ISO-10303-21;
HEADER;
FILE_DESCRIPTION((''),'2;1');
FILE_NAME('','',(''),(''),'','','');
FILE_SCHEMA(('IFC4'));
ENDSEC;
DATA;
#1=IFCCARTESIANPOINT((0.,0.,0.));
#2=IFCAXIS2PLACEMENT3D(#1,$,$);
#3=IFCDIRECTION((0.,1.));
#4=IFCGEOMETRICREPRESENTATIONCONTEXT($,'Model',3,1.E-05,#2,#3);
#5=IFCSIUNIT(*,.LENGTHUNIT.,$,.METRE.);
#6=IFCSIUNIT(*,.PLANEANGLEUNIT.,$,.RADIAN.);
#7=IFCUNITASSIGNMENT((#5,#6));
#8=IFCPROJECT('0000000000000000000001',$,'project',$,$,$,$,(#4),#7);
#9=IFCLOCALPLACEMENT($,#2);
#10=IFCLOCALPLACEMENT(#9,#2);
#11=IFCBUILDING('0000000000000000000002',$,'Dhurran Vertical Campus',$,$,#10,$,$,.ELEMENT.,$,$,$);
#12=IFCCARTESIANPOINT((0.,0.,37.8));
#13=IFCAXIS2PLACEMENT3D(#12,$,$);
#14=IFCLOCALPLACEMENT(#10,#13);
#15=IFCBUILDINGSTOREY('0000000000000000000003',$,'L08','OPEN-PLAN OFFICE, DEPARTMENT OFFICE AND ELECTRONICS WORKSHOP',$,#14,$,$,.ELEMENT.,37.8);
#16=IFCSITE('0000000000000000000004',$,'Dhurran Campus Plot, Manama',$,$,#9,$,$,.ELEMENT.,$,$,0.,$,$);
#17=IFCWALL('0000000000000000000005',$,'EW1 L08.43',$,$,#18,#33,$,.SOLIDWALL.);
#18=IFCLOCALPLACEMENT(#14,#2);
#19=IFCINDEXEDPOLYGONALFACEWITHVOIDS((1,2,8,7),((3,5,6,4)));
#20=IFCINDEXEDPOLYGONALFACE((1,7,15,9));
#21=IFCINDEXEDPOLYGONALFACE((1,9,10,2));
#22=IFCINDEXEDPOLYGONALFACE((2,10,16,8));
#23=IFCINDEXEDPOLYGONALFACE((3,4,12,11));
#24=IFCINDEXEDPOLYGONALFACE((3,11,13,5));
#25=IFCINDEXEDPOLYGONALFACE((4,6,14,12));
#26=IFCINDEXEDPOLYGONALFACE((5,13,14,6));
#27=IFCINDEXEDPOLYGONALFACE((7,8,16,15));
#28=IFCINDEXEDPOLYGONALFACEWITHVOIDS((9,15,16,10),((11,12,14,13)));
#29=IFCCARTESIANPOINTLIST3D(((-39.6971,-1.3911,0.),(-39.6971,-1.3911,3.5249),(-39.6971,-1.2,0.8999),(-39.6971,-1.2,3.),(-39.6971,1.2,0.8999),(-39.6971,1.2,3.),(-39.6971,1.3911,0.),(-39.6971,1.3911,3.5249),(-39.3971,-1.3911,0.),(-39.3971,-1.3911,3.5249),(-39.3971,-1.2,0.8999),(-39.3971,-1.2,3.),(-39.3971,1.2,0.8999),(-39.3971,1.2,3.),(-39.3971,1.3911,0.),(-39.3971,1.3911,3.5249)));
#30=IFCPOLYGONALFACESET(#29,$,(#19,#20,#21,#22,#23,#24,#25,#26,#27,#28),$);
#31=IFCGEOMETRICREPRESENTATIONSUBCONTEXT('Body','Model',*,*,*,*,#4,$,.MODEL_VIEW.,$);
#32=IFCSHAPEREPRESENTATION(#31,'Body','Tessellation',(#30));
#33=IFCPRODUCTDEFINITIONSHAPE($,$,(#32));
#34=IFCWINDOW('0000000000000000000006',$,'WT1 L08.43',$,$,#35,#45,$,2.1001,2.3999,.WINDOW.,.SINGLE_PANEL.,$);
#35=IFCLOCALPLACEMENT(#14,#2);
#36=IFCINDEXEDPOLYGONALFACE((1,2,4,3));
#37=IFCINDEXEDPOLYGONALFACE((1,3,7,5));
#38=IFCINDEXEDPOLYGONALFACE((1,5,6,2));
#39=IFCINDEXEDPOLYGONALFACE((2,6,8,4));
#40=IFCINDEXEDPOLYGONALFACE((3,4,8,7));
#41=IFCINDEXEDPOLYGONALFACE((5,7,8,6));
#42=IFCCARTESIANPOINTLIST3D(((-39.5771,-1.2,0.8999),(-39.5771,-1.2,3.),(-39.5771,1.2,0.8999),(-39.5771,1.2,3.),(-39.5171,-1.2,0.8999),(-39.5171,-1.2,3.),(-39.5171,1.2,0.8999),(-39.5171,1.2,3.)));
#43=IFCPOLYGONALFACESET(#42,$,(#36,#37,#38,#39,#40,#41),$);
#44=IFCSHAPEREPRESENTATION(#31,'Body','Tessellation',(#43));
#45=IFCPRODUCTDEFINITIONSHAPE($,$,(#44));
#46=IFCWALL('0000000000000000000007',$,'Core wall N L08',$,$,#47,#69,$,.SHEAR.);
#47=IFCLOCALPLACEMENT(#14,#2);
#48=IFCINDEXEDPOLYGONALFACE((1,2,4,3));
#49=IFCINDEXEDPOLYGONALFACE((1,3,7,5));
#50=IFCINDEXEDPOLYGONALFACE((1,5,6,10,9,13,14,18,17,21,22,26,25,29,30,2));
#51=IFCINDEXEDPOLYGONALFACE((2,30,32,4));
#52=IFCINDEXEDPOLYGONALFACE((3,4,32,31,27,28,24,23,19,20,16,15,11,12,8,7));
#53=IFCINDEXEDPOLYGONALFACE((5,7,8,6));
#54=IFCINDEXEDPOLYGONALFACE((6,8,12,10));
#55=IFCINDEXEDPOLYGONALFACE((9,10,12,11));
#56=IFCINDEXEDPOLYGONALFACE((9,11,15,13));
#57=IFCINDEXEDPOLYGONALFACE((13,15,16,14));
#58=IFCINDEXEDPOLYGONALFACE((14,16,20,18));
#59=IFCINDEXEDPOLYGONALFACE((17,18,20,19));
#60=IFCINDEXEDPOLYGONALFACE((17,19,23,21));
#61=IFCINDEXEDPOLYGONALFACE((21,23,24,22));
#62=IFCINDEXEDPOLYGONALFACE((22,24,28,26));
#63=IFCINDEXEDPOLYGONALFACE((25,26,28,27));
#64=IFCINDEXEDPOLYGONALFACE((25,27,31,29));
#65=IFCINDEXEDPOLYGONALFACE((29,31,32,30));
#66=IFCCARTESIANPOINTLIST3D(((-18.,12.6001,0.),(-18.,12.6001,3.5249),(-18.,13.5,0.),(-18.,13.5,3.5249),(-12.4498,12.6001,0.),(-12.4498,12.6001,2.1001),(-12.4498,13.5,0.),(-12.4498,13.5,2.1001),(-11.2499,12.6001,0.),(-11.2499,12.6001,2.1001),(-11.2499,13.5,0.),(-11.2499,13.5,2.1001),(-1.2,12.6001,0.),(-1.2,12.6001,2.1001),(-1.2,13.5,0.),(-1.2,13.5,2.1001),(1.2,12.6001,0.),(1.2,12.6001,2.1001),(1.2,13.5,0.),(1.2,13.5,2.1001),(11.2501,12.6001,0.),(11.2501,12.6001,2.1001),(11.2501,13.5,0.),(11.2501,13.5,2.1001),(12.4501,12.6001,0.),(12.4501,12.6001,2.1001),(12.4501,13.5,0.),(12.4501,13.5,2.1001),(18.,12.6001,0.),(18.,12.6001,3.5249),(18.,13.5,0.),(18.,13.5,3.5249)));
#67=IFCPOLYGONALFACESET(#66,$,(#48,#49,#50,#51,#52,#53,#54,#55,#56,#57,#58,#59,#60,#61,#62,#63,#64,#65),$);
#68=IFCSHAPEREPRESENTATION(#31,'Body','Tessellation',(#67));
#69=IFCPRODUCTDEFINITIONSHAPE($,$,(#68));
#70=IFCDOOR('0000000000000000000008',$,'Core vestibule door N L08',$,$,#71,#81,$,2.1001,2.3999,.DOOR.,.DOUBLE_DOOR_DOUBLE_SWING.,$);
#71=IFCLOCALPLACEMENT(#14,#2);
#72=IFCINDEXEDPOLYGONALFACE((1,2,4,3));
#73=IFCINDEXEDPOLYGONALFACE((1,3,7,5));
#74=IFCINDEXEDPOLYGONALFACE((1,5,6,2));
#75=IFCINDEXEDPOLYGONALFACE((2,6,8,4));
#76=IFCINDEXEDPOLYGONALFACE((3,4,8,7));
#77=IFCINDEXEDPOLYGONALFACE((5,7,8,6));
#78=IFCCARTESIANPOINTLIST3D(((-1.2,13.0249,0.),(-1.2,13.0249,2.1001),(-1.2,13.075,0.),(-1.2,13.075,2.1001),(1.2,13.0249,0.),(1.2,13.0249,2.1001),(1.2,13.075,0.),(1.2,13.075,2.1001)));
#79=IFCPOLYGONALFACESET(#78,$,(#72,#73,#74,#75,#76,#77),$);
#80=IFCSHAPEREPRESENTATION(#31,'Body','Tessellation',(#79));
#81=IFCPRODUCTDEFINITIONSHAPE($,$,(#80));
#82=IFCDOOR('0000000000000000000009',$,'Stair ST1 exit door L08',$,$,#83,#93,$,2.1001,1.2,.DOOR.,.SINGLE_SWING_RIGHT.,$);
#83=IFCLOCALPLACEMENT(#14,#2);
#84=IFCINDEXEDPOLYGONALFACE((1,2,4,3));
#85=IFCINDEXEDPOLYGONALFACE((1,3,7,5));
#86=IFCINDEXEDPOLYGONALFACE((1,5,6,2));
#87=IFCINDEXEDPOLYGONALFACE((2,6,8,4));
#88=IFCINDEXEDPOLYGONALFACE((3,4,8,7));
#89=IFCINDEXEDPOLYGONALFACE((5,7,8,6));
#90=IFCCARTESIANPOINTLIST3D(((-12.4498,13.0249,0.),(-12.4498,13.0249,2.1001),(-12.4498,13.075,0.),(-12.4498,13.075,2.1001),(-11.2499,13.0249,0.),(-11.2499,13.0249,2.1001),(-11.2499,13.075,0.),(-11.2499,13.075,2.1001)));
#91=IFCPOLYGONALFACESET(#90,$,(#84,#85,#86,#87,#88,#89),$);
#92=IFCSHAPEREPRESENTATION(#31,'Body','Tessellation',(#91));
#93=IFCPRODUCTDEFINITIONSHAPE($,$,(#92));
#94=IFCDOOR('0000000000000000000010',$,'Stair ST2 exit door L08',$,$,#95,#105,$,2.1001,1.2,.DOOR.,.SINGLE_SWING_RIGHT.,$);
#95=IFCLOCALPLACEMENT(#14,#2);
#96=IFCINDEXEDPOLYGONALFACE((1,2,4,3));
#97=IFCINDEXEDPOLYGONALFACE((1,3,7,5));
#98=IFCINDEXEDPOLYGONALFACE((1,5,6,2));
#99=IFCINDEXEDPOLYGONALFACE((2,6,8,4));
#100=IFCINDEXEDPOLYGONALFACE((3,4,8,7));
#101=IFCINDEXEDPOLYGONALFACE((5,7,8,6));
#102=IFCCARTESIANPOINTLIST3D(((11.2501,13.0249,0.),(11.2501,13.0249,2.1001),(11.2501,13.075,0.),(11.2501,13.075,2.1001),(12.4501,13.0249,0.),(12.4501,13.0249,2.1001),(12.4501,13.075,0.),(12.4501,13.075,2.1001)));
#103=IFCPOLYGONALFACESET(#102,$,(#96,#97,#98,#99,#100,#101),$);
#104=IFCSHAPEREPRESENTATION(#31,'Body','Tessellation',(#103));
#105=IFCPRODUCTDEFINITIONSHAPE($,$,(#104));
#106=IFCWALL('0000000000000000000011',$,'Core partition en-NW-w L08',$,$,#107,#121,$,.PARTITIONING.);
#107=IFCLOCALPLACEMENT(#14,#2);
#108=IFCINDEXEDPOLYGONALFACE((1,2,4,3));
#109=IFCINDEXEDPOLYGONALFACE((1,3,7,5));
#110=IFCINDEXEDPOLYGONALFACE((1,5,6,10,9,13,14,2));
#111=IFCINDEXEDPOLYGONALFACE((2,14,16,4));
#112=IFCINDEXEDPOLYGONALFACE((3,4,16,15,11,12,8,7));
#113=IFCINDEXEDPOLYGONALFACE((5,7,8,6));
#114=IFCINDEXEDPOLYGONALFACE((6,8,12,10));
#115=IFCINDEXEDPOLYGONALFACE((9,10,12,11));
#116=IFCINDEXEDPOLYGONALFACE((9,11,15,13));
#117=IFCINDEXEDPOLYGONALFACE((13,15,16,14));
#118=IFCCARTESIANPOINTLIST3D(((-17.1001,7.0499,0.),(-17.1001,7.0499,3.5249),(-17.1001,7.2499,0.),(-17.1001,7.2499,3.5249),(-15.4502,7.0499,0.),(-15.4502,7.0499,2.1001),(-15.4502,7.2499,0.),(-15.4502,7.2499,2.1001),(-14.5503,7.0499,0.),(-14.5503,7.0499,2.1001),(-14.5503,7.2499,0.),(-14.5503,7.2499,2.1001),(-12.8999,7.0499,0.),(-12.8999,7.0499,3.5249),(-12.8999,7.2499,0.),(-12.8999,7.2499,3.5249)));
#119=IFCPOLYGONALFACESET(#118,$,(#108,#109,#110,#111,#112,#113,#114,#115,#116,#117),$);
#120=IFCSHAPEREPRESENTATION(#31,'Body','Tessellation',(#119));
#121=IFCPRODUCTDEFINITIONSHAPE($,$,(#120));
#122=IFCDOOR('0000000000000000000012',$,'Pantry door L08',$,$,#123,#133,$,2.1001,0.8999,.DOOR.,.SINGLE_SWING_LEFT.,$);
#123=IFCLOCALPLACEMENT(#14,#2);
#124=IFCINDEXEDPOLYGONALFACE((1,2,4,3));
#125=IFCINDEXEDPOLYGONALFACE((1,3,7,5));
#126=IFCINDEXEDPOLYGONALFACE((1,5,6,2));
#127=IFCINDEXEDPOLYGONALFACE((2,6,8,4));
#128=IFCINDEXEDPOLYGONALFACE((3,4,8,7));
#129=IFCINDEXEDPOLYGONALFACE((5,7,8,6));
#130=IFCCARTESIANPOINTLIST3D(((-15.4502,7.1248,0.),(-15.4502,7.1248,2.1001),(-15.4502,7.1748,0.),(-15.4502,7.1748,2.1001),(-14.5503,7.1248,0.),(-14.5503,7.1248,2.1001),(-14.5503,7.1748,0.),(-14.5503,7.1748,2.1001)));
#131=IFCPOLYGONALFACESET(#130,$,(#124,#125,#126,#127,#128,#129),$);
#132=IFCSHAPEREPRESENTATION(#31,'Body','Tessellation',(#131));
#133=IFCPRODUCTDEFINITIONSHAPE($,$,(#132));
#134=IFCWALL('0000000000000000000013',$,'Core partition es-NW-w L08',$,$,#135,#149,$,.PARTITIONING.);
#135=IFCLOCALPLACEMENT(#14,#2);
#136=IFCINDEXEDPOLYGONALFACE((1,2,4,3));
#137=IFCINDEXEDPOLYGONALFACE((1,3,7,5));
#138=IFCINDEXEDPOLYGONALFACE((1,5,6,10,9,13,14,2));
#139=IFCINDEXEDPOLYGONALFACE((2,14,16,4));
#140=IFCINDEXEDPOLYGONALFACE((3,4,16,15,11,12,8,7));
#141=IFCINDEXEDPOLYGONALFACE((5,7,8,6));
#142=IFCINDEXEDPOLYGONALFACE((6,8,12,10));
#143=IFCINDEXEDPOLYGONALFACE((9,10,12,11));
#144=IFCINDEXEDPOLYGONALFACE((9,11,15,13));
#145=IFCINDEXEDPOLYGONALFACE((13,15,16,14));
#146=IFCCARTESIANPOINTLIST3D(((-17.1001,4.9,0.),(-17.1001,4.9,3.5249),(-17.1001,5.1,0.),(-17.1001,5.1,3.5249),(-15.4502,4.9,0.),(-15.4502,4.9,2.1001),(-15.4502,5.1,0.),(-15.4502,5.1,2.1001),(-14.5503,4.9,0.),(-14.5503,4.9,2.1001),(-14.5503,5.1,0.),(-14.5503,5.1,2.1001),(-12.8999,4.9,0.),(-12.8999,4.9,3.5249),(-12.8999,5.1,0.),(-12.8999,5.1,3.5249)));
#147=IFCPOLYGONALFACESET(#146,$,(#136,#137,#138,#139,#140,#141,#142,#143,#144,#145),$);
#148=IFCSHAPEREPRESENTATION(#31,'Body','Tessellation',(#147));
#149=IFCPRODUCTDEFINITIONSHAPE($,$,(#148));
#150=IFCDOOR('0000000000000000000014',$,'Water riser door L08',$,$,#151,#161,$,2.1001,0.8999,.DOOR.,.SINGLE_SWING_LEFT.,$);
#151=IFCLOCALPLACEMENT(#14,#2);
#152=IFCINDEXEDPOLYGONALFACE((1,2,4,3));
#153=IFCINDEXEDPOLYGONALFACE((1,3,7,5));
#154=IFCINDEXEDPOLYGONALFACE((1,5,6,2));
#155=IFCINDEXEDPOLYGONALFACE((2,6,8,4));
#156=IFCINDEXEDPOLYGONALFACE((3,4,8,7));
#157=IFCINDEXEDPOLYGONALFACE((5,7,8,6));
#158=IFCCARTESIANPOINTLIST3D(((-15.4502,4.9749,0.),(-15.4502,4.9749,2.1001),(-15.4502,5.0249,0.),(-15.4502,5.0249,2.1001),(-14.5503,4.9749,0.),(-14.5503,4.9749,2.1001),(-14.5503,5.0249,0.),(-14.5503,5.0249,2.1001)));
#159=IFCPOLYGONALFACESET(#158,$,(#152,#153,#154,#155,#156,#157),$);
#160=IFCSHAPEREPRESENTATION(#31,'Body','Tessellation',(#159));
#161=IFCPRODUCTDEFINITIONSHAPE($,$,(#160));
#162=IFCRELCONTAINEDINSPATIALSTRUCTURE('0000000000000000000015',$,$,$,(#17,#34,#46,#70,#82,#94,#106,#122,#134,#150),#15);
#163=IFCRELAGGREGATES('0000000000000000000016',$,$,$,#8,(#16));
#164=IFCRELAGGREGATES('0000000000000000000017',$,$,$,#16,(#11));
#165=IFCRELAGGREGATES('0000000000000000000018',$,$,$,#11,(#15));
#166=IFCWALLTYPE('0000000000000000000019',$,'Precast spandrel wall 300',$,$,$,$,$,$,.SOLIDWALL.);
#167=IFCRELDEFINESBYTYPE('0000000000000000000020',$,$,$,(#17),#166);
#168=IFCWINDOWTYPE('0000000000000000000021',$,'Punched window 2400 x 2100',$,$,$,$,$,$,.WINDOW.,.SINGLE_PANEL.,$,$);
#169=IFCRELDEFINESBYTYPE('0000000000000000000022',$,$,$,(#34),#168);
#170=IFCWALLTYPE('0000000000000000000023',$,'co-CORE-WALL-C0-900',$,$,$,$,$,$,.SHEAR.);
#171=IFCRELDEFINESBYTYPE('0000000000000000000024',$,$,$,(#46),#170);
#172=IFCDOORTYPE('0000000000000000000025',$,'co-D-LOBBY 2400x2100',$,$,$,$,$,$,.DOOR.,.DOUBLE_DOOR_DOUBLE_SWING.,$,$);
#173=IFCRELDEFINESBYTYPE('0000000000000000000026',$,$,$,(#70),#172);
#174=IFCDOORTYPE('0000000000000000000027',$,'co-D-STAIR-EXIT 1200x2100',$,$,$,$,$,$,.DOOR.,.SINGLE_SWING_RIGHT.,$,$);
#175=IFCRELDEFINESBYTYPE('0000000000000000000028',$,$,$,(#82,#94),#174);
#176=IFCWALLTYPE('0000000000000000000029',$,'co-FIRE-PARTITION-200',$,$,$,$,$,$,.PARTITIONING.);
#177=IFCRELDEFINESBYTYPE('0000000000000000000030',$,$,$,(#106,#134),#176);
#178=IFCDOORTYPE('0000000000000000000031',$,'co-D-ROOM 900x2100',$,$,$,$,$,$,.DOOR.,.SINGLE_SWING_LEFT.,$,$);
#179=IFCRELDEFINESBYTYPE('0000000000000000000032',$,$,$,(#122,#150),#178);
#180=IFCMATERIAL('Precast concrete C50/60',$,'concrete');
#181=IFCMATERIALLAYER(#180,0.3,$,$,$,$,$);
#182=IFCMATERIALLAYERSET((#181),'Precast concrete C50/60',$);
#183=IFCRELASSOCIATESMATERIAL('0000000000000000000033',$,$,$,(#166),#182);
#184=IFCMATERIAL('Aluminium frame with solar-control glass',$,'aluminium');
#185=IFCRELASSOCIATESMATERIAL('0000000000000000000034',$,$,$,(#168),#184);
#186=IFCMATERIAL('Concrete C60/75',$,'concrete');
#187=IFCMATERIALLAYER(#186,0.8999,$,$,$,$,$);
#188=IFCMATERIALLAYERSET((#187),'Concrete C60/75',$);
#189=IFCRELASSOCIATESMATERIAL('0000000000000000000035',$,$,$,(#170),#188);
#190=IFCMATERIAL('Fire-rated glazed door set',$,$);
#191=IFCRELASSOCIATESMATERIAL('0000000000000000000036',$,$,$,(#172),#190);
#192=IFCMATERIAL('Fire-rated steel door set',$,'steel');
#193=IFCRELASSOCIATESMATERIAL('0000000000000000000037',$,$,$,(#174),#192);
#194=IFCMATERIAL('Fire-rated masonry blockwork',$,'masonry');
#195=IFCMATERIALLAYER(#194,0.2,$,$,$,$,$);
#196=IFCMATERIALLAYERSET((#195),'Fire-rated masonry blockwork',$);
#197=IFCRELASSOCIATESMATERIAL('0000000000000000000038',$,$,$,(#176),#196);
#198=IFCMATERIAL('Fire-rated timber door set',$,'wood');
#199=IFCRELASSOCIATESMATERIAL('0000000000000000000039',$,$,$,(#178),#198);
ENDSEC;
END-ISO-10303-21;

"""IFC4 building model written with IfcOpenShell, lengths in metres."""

from ifc_helpers import new_model, si_unit, direction, frame, frame_2d, origin, place, context, subcontext, project, spatial, rectangle, extrude, material, layer, layer_set, type_object, element, fill, save


model = new_model("IFC4")

# Units and contexts
model_context = context("Model", 3, precision=1e-05, world=origin(), true_north=direction((0.0, 1.0)))
body_context = subcontext(model_context, "Body", "Model", "MODEL_VIEW")
ifc_project = project(units=[si_unit("LENGTHUNIT", "METRE"), si_unit("PLANEANGLEUNIT", "RADIAN")], contexts=[model_context])

# Site, building, storey
site_placement = place(None, origin())
site = spatial("IfcSite", under=ifc_project, at=site_placement, Name="Dhurran Campus Plot, Manama", CompositionType="ELEMENT", RefElevation=0.0)
building_placement = place(site_placement, origin())
building = spatial("IfcBuilding", under=site, at=building_placement, Name="Dhurran Vertical Campus", CompositionType="ELEMENT")
storey_placement = place(building_placement, frame((0.0, 0.0, 37.8)))
storey = spatial("IfcBuildingStorey", under=building, at=storey_placement, Name="L08", Description="OPEN-PLAN OFFICE, DEPARTMENT OFFICE AND ELECTRONICS WORKSHOP", CompositionType="ELEMENT", Elevation=37.8)

# Wall, opening, window
ifc_material_1 = material(Name="Precast concrete C50/60", Category="concrete")
ifc_layer_1 = layer(ifc_material_1, 0.3)
ifc_layer_set_1 = layer_set([ifc_layer_1], Name="Precast concrete C50/60")
wall_type_1 = type_object("IfcWallType", Name="Precast spandrel wall 300", PredefinedType="SOLIDWALL", material=ifc_layer_set_1)
ifc_material_2 = material(Name="Aluminium frame with solar-control glass", Category="aluminium")
window_type = type_object("IfcWindowType", Name="Punched window 2400 x 2100", PartitioningType="SINGLE_PANEL", PredefinedType="WINDOW", material=ifc_material_2)
wall_1_placement = place(storey_placement, frame((-39.5471, 1.3911, 0.0), z_axis=(0.0, 0.0, 1.0), x_axis=(0.0, -1.0, 0.0)))
wall_1 = element("IfcWall", 1, at=wall_1_placement, inside=storey, type_object=wall_type_1, Name="EW1 L08.43", PredefinedType="SOLIDWALL", context=body_context, shape_type="SweptSolid", body=[
    extrude(rectangle(XDim=2.7822, YDim=0.3, at=frame_2d((1.3911, 0.0))), origin(), (0.0, 0.0, 1.0), 3.5249),
])
opening_1_placement = place(wall_1_placement, frame((0.1912, 0.0, 0.8999)))
opening_1 = element("IfcOpeningElement", 2, at=opening_1_placement, cuts=wall_1, PredefinedType="OPENING", context=body_context, shape_type="SweptSolid", body=[
    extrude(rectangle(XDim=2.3999, YDim=2.1001, at=frame_2d((1.2, 1.05))), frame((0.0, 0.1599, 0.0), z_axis=(0.0, -1.0, 0.0), x_axis=(1.0, 0.0, 0.0)), (0.0, 0.0, 1.0), 0.3201),
])
window_1_placement = place(opening_1_placement, origin())
window_1 = element("IfcWindow", 3, at=window_1_placement, inside=storey, type_object=window_type, Name="WT1 L08.43", OverallHeight=2.1001, OverallWidth=2.3999, PartitioningType="SINGLE_PANEL", PredefinedType="WINDOW", context=body_context, shape_type="SweptSolid", body=[
    extrude(rectangle(XDim=2.3999, YDim=2.1001, at=frame_2d((1.2, 1.05))), frame((0.0, 0.03, 0.0), z_axis=(0.0, -1.0, 0.0), x_axis=(1.0, 0.0, 0.0)), (0.0, 0.0, 1.0), 0.0601),
])
fill(opening_1, window_1)

# Wall, openings, doors
ifc_material_3 = material(Name="Concrete C60/75", Category="concrete")
ifc_layer_2 = layer(ifc_material_3, 0.8999)
ifc_layer_set_2 = layer_set([ifc_layer_2], Name="Concrete C60/75")
wall_type_2 = type_object("IfcWallType", Name="co-CORE-WALL-C0-900", PredefinedType="SHEAR", material=ifc_layer_set_2)
wall_2_placement = place(storey_placement, frame((-18.0, 13.05, 0.0), z_axis=(0.0, 0.0, 1.0), x_axis=(1.0, 0.0, 0.0)))
wall_2 = element("IfcWall", 4, at=wall_2_placement, inside=storey, type_object=wall_type_2, Name="Core wall N L08", PredefinedType="SHEAR", context=body_context, shape_type="SweptSolid", body=[
    extrude(rectangle(XDim=36.0, YDim=0.8999, at=frame_2d((18.0, 0.0))), origin(), (0.0, 0.0, 1.0), 3.5249),
])
opening_2_placement = place(wall_2_placement, frame((16.8, 0.0, 0.0)))
opening_2 = element("IfcOpeningElement", 5, at=opening_2_placement, cuts=wall_2, PredefinedType="OPENING", context=body_context, shape_type="SweptSolid", body=[
    extrude(rectangle(XDim=2.3999, YDim=2.1001, at=frame_2d((1.2, 1.05))), frame((0.0, 0.46, 0.0), z_axis=(0.0, -1.0, 0.0), x_axis=(1.0, 0.0, 0.0)), (0.0, 0.0, 1.0), 0.9199),
])
opening_3_placement = place(wall_2_placement, frame((5.55, 0.0, 0.0)))
opening_3 = element("IfcOpeningElement", 6, at=opening_3_placement, cuts=wall_2, PredefinedType="OPENING", context=body_context, shape_type="SweptSolid", body=[
    extrude(rectangle(XDim=1.2, YDim=2.1001, at=frame_2d((0.6001, 1.05))), frame((0.0, 0.46, 0.0), z_axis=(0.0, -1.0, 0.0), x_axis=(1.0, 0.0, 0.0)), (0.0, 0.0, 1.0), 0.9199),
])
opening_4_placement = place(wall_2_placement, frame((29.25, 0.0, 0.0)))
opening_4 = element("IfcOpeningElement", 7, at=opening_4_placement, cuts=wall_2, PredefinedType="OPENING", context=body_context, shape_type="SweptSolid", body=[
    extrude(rectangle(XDim=1.2, YDim=2.1001, at=frame_2d((0.6001, 1.05))), frame((0.0, 0.46, 0.0), z_axis=(0.0, -1.0, 0.0), x_axis=(1.0, 0.0, 0.0)), (0.0, 0.0, 1.0), 0.9199),
])
ifc_material_4 = material(Name="Fire-rated glazed door set")
door_type_1 = type_object("IfcDoorType", Name="co-D-LOBBY 2400x2100", OperationType="DOUBLE_DOOR_DOUBLE_SWING", PredefinedType="DOOR", material=ifc_material_4)
door_1_placement = place(opening_2_placement, origin())
door_1 = element("IfcDoor", 8, at=door_1_placement, inside=storey, type_object=door_type_1, Name="Core vestibule door N L08", OperationType="DOUBLE_DOOR_DOUBLE_SWING", OverallHeight=2.1001, OverallWidth=2.3999, PredefinedType="DOOR", context=body_context, shape_type="SweptSolid", body=[
    extrude(rectangle(XDim=2.3999, YDim=2.1001, at=frame_2d((1.2, 1.05))), frame((0.0, 0.0249, 0.0), z_axis=(0.0, -1.0, 0.0), x_axis=(1.0, 0.0, 0.0)), (0.0, 0.0, 1.0), 0.05),
])
fill(opening_2, door_1)
ifc_material_5 = material(Name="Fire-rated steel door set", Category="steel")
door_type_2 = type_object("IfcDoorType", Name="co-D-STAIR-EXIT 1200x2100", OperationType="SINGLE_SWING_RIGHT", PredefinedType="DOOR", material=ifc_material_5)
door_2_placement = place(opening_3_placement, origin())
door_2 = element("IfcDoor", 9, at=door_2_placement, inside=storey, type_object=door_type_2, Name="Stair ST1 exit door L08", OperationType="SINGLE_SWING_RIGHT", OverallHeight=2.1001, OverallWidth=1.2, PredefinedType="DOOR", context=body_context, shape_type="SweptSolid", body=[
    extrude(rectangle(XDim=1.2, YDim=2.1001, at=frame_2d((0.6001, 1.05))), frame((0.0, 0.0249, 0.0), z_axis=(0.0, -1.0, 0.0), x_axis=(1.0, 0.0, 0.0)), (0.0, 0.0, 1.0), 0.05),
])
fill(opening_3, door_2)
door_3_placement = place(opening_4_placement, origin())
door_3 = element("IfcDoor", 10, at=door_3_placement, inside=storey, type_object=door_type_2, Name="Stair ST2 exit door L08", OperationType="SINGLE_SWING_RIGHT", OverallHeight=2.1001, OverallWidth=1.2, PredefinedType="DOOR", context=body_context, shape_type="SweptSolid", body=[
    extrude(rectangle(XDim=1.2, YDim=2.1001, at=frame_2d((0.6001, 1.05))), frame((0.0, 0.0249, 0.0), z_axis=(0.0, -1.0, 0.0), x_axis=(1.0, 0.0, 0.0)), (0.0, 0.0, 1.0), 0.05),
])
fill(opening_4, door_3)

# Walls, openings, doors
ifc_material_6 = material(Name="Fire-rated masonry blockwork", Category="masonry")
ifc_layer_3 = layer(ifc_material_6, 0.2)
ifc_layer_set_3 = layer_set([ifc_layer_3], Name="Fire-rated masonry blockwork")
wall_type_3 = type_object("IfcWallType", Name="co-FIRE-PARTITION-200", PredefinedType="PARTITIONING", material=ifc_layer_set_3)
wall_3_placement = place(storey_placement, frame((-17.1001, 7.1499, 0.0), z_axis=(0.0, 0.0, 1.0), x_axis=(1.0, 0.0, 0.0)))
wall_3 = element("IfcWall", 11, at=wall_3_placement, inside=storey, type_object=wall_type_3, Name="Core partition en-NW-w L08", PredefinedType="PARTITIONING", context=body_context, shape_type="SweptSolid", body=[
    extrude(rectangle(XDim=4.2002, YDim=0.2, at=frame_2d((2.1001, 0.0))), origin(), (0.0, 0.0, 1.0), 3.5249),
])
opening_5_placement = place(wall_3_placement, frame((1.6499, 0.0, 0.0)))
opening_5 = element("IfcOpeningElement", 12, at=opening_5_placement, cuts=wall_3, PredefinedType="OPENING", context=body_context, shape_type="SweptSolid", body=[
    extrude(rectangle(XDim=0.8999, YDim=2.1001, at=frame_2d((0.45, 1.05))), frame((0.0, 0.1099, 0.0), z_axis=(0.0, -1.0, 0.0), x_axis=(1.0, 0.0, 0.0)), (0.0, 0.0, 1.0), 0.22),
])
ifc_material_7 = material(Name="Fire-rated timber door set", Category="wood")
door_type_3 = type_object("IfcDoorType", Name="co-D-ROOM 900x2100", OperationType="SINGLE_SWING_LEFT", PredefinedType="DOOR", material=ifc_material_7)
door_4_placement = place(opening_5_placement, origin())
door_4 = element("IfcDoor", 13, at=door_4_placement, inside=storey, type_object=door_type_3, Name="Pantry door L08", OperationType="SINGLE_SWING_LEFT", OverallHeight=2.1001, OverallWidth=0.8999, PredefinedType="DOOR", context=body_context, shape_type="SweptSolid", body=[
    extrude(rectangle(XDim=0.8999, YDim=2.1001, at=frame_2d((0.45, 1.05))), frame((0.0, 0.0249, 0.0), z_axis=(0.0, -1.0, 0.0), x_axis=(1.0, 0.0, 0.0)), (0.0, 0.0, 1.0), 0.05),
])
fill(opening_5, door_4)
wall_4_placement = place(storey_placement, frame((-17.1001, 5.0, 0.0), z_axis=(0.0, 0.0, 1.0), x_axis=(1.0, 0.0, 0.0)))
wall_4 = element("IfcWall", 14, at=wall_4_placement, inside=storey, type_object=wall_type_3, Name="Core partition es-NW-w L08", PredefinedType="PARTITIONING", context=body_context, shape_type="SweptSolid", body=[
    extrude(rectangle(XDim=4.2002, YDim=0.2, at=frame_2d((2.1001, 0.0))), origin(), (0.0, 0.0, 1.0), 3.5249),
])
opening_6_placement = place(wall_4_placement, frame((1.6499, 0.0, 0.0)))
opening_6 = element("IfcOpeningElement", 15, at=opening_6_placement, cuts=wall_4, PredefinedType="OPENING", context=body_context, shape_type="SweptSolid", body=[
    extrude(rectangle(XDim=0.8999, YDim=2.1001, at=frame_2d((0.45, 1.05))), frame((0.0, 0.1099, 0.0), z_axis=(0.0, -1.0, 0.0), x_axis=(1.0, 0.0, 0.0)), (0.0, 0.0, 1.0), 0.22),
])
door_5_placement = place(opening_6_placement, origin())
door_5 = element("IfcDoor", 16, at=door_5_placement, inside=storey, type_object=door_type_3, Name="Water riser door L08", OperationType="SINGLE_SWING_LEFT", OverallHeight=2.1001, OverallWidth=0.8999, PredefinedType="DOOR", context=body_context, shape_type="SweptSolid", body=[
    extrude(rectangle(XDim=0.8999, YDim=2.1001, at=frame_2d((0.45, 1.05))), frame((0.0, 0.0249, 0.0), z_axis=(0.0, -1.0, 0.0), x_axis=(1.0, 0.0, 0.0)), (0.0, 0.0, 1.0), 0.05),
])
fill(opening_6, door_5)

save(model, "model.ifc")
